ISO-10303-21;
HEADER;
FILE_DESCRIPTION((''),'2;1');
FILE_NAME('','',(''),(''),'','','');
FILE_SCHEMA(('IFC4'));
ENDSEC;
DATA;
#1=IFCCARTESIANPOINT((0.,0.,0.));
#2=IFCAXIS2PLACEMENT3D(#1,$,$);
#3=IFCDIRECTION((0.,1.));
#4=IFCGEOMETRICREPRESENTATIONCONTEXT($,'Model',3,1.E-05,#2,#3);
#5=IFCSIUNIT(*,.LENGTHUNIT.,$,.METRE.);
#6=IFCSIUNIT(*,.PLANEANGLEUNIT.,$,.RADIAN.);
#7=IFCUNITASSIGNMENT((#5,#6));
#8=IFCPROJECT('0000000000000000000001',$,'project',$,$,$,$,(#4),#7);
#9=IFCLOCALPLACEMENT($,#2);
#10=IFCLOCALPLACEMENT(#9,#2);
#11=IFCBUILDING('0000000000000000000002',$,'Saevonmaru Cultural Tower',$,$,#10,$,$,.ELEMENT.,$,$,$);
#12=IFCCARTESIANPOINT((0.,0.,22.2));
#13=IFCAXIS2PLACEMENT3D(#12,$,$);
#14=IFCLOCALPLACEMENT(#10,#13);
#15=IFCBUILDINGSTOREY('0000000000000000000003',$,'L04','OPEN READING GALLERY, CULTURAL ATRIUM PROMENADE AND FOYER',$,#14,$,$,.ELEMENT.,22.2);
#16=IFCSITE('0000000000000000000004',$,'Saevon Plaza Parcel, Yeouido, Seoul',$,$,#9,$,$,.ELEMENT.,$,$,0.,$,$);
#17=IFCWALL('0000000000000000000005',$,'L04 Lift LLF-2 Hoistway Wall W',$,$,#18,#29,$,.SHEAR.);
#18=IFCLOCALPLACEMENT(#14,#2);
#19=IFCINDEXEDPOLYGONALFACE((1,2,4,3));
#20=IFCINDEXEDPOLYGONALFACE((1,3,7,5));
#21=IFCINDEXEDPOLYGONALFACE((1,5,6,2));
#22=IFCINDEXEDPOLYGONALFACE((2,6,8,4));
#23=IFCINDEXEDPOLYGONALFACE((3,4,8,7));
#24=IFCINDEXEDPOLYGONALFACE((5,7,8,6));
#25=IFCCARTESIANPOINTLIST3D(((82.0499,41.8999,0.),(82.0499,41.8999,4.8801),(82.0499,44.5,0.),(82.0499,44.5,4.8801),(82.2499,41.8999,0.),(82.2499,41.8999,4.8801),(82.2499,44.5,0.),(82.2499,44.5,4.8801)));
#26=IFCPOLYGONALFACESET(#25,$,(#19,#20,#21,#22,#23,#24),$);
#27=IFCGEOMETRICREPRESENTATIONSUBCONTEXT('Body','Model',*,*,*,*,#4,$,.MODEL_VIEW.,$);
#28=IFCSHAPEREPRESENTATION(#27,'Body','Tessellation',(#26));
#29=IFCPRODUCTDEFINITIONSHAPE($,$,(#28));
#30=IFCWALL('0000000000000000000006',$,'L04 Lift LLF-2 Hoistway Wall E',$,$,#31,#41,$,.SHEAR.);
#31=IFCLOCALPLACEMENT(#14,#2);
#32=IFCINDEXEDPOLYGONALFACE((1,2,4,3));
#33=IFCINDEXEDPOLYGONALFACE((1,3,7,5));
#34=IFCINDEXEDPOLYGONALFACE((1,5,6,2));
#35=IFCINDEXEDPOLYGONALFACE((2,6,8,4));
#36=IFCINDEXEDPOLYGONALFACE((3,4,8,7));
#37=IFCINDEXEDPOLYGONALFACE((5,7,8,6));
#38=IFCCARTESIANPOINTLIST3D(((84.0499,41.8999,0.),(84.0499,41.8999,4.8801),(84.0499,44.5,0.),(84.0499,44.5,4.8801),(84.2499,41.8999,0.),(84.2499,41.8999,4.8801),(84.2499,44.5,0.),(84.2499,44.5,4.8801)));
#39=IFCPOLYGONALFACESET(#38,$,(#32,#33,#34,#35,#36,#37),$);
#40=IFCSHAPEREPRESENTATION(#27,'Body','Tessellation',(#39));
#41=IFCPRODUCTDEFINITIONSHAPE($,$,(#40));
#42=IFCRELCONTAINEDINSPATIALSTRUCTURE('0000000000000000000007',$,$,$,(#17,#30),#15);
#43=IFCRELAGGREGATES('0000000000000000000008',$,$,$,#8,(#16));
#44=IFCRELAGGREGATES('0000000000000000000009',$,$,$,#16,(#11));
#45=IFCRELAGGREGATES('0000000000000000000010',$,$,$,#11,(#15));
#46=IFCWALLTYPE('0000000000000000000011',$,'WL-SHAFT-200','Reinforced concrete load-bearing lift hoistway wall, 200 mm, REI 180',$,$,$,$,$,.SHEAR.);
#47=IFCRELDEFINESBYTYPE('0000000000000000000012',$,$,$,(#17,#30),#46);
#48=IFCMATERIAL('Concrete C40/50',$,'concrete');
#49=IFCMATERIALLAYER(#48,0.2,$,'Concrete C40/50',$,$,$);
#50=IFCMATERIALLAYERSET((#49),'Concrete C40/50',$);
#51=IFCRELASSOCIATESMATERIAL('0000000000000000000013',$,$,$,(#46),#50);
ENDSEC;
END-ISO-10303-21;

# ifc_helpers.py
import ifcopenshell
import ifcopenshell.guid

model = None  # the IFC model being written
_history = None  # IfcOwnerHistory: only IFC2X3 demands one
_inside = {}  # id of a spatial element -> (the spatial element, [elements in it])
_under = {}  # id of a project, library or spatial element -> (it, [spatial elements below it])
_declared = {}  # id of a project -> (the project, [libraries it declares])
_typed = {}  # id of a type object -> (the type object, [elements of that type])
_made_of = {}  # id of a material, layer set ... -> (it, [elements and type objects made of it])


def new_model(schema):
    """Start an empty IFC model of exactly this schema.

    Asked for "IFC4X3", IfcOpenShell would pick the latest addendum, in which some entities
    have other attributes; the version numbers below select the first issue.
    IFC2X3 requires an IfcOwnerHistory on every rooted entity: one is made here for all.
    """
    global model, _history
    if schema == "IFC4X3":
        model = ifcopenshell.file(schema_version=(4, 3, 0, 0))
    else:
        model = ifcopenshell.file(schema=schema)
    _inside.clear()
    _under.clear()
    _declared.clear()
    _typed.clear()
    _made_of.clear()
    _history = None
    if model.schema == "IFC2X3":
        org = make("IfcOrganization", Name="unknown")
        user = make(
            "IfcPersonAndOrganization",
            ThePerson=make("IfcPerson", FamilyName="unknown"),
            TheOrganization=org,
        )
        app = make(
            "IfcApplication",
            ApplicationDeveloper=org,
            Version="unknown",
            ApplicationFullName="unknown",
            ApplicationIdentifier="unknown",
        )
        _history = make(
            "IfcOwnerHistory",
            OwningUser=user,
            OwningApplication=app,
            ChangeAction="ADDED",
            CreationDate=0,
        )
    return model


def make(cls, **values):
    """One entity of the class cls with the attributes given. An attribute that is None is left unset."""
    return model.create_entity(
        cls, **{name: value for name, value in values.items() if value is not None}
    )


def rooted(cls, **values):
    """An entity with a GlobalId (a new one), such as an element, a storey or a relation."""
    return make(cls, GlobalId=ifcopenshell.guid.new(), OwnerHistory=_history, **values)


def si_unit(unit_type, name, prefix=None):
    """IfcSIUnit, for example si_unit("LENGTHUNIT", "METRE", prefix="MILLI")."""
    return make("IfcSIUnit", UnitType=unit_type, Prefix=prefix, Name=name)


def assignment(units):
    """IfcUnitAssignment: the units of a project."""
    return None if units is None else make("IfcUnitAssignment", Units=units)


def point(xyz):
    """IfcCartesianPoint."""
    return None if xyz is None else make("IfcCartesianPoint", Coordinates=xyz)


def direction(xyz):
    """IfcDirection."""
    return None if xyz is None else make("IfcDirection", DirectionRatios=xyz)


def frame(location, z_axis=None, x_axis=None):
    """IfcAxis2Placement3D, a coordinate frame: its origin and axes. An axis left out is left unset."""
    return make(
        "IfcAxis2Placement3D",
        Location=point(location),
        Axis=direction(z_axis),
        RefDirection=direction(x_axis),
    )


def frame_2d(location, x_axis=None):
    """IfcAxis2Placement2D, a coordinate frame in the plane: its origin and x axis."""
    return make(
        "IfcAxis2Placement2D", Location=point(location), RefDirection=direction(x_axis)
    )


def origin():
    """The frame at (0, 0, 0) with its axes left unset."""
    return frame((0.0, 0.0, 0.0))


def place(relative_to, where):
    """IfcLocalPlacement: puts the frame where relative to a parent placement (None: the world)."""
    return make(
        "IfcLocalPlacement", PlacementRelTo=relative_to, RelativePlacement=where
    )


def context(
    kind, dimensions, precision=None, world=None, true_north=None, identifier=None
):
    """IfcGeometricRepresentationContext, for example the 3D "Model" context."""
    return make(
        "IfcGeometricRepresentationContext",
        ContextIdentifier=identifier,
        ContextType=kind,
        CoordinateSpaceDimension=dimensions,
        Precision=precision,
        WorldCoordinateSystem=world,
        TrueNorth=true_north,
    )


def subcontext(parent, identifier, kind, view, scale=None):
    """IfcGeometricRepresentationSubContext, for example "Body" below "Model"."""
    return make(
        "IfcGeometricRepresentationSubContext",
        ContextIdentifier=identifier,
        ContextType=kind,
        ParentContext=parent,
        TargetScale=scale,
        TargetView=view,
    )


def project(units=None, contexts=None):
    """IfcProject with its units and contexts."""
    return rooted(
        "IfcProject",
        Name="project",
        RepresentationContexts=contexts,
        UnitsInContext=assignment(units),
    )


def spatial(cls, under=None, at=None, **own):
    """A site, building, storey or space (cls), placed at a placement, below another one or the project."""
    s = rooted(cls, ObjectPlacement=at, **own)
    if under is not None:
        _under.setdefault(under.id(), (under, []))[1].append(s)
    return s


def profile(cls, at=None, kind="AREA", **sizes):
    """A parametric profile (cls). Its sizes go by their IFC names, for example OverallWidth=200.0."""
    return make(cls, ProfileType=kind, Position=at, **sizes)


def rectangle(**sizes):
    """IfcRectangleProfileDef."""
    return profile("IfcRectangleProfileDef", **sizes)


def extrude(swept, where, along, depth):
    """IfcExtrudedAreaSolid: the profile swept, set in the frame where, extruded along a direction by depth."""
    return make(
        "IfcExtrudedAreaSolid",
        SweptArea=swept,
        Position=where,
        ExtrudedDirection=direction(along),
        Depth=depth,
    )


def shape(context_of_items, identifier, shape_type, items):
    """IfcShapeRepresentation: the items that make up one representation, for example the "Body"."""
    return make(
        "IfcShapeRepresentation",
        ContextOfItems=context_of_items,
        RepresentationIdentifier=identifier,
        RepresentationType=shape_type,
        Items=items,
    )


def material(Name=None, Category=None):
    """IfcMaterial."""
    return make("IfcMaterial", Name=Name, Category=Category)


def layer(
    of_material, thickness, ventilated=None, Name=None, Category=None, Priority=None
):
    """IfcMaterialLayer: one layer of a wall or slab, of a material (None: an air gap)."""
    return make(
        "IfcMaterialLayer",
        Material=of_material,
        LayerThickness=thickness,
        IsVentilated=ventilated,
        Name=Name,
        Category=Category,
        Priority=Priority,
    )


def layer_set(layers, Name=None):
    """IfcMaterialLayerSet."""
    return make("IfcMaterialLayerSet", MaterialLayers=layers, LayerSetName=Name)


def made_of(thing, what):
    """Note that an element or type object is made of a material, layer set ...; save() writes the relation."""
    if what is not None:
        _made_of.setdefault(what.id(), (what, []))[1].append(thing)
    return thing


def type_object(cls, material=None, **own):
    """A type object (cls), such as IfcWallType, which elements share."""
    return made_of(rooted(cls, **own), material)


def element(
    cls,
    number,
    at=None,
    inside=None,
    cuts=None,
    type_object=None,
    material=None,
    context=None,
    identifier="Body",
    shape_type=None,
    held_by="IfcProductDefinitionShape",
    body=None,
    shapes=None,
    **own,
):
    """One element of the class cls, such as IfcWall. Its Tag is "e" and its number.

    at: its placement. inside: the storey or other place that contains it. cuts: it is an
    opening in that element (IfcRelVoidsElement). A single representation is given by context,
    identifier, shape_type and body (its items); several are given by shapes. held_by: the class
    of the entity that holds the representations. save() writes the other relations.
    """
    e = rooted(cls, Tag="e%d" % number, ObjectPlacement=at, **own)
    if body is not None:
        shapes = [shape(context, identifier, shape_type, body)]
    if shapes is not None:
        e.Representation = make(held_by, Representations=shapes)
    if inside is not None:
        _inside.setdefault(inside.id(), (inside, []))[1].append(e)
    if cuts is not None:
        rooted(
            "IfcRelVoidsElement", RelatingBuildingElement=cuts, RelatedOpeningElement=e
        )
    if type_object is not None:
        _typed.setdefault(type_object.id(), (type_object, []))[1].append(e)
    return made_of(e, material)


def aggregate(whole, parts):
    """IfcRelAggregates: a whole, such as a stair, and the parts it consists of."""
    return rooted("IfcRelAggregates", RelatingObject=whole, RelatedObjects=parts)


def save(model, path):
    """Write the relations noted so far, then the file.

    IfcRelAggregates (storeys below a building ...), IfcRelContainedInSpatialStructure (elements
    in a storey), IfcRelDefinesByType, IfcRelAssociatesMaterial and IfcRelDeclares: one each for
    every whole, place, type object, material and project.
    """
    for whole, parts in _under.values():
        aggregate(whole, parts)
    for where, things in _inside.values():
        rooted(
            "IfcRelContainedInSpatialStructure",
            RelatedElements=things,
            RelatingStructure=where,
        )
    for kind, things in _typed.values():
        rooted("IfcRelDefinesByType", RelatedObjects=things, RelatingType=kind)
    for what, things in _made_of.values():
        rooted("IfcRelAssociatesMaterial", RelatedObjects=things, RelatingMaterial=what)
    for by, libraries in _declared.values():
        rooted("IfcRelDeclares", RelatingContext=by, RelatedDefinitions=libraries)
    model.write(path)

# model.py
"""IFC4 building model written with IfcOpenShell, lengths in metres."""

from ifc_helpers import new_model, si_unit, direction, frame, frame_2d, origin, place, context, subcontext, project, spatial, rectangle, extrude, material, layer, layer_set, type_object, element, save


model = new_model("IFC4")

# Units and contexts
model_context = context("Model", 3, precision=1e-05, world=origin(), true_north=direction((0.0, 1.0)))
body_context = subcontext(model_context, "Body", "Model", "MODEL_VIEW")
ifc_project = project(units=[si_unit("LENGTHUNIT", "METRE"), si_unit("PLANEANGLEUNIT", "RADIAN")], contexts=[model_context])

# Site, building, storey
site_placement = place(None, origin())
site = spatial("IfcSite", under=ifc_project, at=site_placement, Name="Saevon Plaza Parcel, Yeouido, Seoul", CompositionType="ELEMENT", RefElevation=0.0)
building_placement = place(site_placement, origin())
building = spatial("IfcBuilding", under=site, at=building_placement, Name="Saevonmaru Cultural Tower", CompositionType="ELEMENT")
storey_placement = place(building_placement, frame((0.0, 0.0, 22.2)))
storey = spatial("IfcBuildingStorey", under=building, at=storey_placement, Name="L04", Description="OPEN READING GALLERY, CULTURAL ATRIUM PROMENADE AND FOYER", CompositionType="ELEMENT", Elevation=22.2)

# Shared definitions
ifc_material_1 = material(Name="Concrete C40/50", Category="concrete")
ifc_layer_1 = layer(ifc_material_1, 0.2, Name="Concrete C40/50")
ifc_layer_set_1 = layer_set([ifc_layer_1], Name="Concrete C40/50")
wall_type_1 = type_object("IfcWallType", Name="WL-SHAFT-200", Description="Reinforced concrete load-bearing lift hoistway wall, 200 mm, REI 180", PredefinedType="SHEAR", material=ifc_layer_set_1)

# Walls
for number, where, z_axis, x_axis, name in (
    (1, (82.1499, 41.8999, 0.0), (0.0, 0.0, 1.0), (0.0, 1.0, 0.0), "L04 Lift LLF-2 Hoistway Wall W"),
    (2, (84.1499, 41.8999, 0.0), (0.0, 0.0, 1.0), (0.0, 1.0, 0.0), "L04 Lift LLF-2 Hoistway Wall E"),
):
    element("IfcWall", number, at=place(storey_placement, frame(where, z_axis=z_axis, x_axis=x_axis)), inside=storey, type_object=wall_type_1, Name=name, PredefinedType="SHEAR", context=body_context, shape_type="SweptSolid", body=[
        extrude(rectangle(XDim=2.6001, YDim=0.2, at=frame_2d((1.3, 0.0))), origin(), (0.0, 0.0, 1.0), 4.8801),
    ])

save(model, "model.ifc")
